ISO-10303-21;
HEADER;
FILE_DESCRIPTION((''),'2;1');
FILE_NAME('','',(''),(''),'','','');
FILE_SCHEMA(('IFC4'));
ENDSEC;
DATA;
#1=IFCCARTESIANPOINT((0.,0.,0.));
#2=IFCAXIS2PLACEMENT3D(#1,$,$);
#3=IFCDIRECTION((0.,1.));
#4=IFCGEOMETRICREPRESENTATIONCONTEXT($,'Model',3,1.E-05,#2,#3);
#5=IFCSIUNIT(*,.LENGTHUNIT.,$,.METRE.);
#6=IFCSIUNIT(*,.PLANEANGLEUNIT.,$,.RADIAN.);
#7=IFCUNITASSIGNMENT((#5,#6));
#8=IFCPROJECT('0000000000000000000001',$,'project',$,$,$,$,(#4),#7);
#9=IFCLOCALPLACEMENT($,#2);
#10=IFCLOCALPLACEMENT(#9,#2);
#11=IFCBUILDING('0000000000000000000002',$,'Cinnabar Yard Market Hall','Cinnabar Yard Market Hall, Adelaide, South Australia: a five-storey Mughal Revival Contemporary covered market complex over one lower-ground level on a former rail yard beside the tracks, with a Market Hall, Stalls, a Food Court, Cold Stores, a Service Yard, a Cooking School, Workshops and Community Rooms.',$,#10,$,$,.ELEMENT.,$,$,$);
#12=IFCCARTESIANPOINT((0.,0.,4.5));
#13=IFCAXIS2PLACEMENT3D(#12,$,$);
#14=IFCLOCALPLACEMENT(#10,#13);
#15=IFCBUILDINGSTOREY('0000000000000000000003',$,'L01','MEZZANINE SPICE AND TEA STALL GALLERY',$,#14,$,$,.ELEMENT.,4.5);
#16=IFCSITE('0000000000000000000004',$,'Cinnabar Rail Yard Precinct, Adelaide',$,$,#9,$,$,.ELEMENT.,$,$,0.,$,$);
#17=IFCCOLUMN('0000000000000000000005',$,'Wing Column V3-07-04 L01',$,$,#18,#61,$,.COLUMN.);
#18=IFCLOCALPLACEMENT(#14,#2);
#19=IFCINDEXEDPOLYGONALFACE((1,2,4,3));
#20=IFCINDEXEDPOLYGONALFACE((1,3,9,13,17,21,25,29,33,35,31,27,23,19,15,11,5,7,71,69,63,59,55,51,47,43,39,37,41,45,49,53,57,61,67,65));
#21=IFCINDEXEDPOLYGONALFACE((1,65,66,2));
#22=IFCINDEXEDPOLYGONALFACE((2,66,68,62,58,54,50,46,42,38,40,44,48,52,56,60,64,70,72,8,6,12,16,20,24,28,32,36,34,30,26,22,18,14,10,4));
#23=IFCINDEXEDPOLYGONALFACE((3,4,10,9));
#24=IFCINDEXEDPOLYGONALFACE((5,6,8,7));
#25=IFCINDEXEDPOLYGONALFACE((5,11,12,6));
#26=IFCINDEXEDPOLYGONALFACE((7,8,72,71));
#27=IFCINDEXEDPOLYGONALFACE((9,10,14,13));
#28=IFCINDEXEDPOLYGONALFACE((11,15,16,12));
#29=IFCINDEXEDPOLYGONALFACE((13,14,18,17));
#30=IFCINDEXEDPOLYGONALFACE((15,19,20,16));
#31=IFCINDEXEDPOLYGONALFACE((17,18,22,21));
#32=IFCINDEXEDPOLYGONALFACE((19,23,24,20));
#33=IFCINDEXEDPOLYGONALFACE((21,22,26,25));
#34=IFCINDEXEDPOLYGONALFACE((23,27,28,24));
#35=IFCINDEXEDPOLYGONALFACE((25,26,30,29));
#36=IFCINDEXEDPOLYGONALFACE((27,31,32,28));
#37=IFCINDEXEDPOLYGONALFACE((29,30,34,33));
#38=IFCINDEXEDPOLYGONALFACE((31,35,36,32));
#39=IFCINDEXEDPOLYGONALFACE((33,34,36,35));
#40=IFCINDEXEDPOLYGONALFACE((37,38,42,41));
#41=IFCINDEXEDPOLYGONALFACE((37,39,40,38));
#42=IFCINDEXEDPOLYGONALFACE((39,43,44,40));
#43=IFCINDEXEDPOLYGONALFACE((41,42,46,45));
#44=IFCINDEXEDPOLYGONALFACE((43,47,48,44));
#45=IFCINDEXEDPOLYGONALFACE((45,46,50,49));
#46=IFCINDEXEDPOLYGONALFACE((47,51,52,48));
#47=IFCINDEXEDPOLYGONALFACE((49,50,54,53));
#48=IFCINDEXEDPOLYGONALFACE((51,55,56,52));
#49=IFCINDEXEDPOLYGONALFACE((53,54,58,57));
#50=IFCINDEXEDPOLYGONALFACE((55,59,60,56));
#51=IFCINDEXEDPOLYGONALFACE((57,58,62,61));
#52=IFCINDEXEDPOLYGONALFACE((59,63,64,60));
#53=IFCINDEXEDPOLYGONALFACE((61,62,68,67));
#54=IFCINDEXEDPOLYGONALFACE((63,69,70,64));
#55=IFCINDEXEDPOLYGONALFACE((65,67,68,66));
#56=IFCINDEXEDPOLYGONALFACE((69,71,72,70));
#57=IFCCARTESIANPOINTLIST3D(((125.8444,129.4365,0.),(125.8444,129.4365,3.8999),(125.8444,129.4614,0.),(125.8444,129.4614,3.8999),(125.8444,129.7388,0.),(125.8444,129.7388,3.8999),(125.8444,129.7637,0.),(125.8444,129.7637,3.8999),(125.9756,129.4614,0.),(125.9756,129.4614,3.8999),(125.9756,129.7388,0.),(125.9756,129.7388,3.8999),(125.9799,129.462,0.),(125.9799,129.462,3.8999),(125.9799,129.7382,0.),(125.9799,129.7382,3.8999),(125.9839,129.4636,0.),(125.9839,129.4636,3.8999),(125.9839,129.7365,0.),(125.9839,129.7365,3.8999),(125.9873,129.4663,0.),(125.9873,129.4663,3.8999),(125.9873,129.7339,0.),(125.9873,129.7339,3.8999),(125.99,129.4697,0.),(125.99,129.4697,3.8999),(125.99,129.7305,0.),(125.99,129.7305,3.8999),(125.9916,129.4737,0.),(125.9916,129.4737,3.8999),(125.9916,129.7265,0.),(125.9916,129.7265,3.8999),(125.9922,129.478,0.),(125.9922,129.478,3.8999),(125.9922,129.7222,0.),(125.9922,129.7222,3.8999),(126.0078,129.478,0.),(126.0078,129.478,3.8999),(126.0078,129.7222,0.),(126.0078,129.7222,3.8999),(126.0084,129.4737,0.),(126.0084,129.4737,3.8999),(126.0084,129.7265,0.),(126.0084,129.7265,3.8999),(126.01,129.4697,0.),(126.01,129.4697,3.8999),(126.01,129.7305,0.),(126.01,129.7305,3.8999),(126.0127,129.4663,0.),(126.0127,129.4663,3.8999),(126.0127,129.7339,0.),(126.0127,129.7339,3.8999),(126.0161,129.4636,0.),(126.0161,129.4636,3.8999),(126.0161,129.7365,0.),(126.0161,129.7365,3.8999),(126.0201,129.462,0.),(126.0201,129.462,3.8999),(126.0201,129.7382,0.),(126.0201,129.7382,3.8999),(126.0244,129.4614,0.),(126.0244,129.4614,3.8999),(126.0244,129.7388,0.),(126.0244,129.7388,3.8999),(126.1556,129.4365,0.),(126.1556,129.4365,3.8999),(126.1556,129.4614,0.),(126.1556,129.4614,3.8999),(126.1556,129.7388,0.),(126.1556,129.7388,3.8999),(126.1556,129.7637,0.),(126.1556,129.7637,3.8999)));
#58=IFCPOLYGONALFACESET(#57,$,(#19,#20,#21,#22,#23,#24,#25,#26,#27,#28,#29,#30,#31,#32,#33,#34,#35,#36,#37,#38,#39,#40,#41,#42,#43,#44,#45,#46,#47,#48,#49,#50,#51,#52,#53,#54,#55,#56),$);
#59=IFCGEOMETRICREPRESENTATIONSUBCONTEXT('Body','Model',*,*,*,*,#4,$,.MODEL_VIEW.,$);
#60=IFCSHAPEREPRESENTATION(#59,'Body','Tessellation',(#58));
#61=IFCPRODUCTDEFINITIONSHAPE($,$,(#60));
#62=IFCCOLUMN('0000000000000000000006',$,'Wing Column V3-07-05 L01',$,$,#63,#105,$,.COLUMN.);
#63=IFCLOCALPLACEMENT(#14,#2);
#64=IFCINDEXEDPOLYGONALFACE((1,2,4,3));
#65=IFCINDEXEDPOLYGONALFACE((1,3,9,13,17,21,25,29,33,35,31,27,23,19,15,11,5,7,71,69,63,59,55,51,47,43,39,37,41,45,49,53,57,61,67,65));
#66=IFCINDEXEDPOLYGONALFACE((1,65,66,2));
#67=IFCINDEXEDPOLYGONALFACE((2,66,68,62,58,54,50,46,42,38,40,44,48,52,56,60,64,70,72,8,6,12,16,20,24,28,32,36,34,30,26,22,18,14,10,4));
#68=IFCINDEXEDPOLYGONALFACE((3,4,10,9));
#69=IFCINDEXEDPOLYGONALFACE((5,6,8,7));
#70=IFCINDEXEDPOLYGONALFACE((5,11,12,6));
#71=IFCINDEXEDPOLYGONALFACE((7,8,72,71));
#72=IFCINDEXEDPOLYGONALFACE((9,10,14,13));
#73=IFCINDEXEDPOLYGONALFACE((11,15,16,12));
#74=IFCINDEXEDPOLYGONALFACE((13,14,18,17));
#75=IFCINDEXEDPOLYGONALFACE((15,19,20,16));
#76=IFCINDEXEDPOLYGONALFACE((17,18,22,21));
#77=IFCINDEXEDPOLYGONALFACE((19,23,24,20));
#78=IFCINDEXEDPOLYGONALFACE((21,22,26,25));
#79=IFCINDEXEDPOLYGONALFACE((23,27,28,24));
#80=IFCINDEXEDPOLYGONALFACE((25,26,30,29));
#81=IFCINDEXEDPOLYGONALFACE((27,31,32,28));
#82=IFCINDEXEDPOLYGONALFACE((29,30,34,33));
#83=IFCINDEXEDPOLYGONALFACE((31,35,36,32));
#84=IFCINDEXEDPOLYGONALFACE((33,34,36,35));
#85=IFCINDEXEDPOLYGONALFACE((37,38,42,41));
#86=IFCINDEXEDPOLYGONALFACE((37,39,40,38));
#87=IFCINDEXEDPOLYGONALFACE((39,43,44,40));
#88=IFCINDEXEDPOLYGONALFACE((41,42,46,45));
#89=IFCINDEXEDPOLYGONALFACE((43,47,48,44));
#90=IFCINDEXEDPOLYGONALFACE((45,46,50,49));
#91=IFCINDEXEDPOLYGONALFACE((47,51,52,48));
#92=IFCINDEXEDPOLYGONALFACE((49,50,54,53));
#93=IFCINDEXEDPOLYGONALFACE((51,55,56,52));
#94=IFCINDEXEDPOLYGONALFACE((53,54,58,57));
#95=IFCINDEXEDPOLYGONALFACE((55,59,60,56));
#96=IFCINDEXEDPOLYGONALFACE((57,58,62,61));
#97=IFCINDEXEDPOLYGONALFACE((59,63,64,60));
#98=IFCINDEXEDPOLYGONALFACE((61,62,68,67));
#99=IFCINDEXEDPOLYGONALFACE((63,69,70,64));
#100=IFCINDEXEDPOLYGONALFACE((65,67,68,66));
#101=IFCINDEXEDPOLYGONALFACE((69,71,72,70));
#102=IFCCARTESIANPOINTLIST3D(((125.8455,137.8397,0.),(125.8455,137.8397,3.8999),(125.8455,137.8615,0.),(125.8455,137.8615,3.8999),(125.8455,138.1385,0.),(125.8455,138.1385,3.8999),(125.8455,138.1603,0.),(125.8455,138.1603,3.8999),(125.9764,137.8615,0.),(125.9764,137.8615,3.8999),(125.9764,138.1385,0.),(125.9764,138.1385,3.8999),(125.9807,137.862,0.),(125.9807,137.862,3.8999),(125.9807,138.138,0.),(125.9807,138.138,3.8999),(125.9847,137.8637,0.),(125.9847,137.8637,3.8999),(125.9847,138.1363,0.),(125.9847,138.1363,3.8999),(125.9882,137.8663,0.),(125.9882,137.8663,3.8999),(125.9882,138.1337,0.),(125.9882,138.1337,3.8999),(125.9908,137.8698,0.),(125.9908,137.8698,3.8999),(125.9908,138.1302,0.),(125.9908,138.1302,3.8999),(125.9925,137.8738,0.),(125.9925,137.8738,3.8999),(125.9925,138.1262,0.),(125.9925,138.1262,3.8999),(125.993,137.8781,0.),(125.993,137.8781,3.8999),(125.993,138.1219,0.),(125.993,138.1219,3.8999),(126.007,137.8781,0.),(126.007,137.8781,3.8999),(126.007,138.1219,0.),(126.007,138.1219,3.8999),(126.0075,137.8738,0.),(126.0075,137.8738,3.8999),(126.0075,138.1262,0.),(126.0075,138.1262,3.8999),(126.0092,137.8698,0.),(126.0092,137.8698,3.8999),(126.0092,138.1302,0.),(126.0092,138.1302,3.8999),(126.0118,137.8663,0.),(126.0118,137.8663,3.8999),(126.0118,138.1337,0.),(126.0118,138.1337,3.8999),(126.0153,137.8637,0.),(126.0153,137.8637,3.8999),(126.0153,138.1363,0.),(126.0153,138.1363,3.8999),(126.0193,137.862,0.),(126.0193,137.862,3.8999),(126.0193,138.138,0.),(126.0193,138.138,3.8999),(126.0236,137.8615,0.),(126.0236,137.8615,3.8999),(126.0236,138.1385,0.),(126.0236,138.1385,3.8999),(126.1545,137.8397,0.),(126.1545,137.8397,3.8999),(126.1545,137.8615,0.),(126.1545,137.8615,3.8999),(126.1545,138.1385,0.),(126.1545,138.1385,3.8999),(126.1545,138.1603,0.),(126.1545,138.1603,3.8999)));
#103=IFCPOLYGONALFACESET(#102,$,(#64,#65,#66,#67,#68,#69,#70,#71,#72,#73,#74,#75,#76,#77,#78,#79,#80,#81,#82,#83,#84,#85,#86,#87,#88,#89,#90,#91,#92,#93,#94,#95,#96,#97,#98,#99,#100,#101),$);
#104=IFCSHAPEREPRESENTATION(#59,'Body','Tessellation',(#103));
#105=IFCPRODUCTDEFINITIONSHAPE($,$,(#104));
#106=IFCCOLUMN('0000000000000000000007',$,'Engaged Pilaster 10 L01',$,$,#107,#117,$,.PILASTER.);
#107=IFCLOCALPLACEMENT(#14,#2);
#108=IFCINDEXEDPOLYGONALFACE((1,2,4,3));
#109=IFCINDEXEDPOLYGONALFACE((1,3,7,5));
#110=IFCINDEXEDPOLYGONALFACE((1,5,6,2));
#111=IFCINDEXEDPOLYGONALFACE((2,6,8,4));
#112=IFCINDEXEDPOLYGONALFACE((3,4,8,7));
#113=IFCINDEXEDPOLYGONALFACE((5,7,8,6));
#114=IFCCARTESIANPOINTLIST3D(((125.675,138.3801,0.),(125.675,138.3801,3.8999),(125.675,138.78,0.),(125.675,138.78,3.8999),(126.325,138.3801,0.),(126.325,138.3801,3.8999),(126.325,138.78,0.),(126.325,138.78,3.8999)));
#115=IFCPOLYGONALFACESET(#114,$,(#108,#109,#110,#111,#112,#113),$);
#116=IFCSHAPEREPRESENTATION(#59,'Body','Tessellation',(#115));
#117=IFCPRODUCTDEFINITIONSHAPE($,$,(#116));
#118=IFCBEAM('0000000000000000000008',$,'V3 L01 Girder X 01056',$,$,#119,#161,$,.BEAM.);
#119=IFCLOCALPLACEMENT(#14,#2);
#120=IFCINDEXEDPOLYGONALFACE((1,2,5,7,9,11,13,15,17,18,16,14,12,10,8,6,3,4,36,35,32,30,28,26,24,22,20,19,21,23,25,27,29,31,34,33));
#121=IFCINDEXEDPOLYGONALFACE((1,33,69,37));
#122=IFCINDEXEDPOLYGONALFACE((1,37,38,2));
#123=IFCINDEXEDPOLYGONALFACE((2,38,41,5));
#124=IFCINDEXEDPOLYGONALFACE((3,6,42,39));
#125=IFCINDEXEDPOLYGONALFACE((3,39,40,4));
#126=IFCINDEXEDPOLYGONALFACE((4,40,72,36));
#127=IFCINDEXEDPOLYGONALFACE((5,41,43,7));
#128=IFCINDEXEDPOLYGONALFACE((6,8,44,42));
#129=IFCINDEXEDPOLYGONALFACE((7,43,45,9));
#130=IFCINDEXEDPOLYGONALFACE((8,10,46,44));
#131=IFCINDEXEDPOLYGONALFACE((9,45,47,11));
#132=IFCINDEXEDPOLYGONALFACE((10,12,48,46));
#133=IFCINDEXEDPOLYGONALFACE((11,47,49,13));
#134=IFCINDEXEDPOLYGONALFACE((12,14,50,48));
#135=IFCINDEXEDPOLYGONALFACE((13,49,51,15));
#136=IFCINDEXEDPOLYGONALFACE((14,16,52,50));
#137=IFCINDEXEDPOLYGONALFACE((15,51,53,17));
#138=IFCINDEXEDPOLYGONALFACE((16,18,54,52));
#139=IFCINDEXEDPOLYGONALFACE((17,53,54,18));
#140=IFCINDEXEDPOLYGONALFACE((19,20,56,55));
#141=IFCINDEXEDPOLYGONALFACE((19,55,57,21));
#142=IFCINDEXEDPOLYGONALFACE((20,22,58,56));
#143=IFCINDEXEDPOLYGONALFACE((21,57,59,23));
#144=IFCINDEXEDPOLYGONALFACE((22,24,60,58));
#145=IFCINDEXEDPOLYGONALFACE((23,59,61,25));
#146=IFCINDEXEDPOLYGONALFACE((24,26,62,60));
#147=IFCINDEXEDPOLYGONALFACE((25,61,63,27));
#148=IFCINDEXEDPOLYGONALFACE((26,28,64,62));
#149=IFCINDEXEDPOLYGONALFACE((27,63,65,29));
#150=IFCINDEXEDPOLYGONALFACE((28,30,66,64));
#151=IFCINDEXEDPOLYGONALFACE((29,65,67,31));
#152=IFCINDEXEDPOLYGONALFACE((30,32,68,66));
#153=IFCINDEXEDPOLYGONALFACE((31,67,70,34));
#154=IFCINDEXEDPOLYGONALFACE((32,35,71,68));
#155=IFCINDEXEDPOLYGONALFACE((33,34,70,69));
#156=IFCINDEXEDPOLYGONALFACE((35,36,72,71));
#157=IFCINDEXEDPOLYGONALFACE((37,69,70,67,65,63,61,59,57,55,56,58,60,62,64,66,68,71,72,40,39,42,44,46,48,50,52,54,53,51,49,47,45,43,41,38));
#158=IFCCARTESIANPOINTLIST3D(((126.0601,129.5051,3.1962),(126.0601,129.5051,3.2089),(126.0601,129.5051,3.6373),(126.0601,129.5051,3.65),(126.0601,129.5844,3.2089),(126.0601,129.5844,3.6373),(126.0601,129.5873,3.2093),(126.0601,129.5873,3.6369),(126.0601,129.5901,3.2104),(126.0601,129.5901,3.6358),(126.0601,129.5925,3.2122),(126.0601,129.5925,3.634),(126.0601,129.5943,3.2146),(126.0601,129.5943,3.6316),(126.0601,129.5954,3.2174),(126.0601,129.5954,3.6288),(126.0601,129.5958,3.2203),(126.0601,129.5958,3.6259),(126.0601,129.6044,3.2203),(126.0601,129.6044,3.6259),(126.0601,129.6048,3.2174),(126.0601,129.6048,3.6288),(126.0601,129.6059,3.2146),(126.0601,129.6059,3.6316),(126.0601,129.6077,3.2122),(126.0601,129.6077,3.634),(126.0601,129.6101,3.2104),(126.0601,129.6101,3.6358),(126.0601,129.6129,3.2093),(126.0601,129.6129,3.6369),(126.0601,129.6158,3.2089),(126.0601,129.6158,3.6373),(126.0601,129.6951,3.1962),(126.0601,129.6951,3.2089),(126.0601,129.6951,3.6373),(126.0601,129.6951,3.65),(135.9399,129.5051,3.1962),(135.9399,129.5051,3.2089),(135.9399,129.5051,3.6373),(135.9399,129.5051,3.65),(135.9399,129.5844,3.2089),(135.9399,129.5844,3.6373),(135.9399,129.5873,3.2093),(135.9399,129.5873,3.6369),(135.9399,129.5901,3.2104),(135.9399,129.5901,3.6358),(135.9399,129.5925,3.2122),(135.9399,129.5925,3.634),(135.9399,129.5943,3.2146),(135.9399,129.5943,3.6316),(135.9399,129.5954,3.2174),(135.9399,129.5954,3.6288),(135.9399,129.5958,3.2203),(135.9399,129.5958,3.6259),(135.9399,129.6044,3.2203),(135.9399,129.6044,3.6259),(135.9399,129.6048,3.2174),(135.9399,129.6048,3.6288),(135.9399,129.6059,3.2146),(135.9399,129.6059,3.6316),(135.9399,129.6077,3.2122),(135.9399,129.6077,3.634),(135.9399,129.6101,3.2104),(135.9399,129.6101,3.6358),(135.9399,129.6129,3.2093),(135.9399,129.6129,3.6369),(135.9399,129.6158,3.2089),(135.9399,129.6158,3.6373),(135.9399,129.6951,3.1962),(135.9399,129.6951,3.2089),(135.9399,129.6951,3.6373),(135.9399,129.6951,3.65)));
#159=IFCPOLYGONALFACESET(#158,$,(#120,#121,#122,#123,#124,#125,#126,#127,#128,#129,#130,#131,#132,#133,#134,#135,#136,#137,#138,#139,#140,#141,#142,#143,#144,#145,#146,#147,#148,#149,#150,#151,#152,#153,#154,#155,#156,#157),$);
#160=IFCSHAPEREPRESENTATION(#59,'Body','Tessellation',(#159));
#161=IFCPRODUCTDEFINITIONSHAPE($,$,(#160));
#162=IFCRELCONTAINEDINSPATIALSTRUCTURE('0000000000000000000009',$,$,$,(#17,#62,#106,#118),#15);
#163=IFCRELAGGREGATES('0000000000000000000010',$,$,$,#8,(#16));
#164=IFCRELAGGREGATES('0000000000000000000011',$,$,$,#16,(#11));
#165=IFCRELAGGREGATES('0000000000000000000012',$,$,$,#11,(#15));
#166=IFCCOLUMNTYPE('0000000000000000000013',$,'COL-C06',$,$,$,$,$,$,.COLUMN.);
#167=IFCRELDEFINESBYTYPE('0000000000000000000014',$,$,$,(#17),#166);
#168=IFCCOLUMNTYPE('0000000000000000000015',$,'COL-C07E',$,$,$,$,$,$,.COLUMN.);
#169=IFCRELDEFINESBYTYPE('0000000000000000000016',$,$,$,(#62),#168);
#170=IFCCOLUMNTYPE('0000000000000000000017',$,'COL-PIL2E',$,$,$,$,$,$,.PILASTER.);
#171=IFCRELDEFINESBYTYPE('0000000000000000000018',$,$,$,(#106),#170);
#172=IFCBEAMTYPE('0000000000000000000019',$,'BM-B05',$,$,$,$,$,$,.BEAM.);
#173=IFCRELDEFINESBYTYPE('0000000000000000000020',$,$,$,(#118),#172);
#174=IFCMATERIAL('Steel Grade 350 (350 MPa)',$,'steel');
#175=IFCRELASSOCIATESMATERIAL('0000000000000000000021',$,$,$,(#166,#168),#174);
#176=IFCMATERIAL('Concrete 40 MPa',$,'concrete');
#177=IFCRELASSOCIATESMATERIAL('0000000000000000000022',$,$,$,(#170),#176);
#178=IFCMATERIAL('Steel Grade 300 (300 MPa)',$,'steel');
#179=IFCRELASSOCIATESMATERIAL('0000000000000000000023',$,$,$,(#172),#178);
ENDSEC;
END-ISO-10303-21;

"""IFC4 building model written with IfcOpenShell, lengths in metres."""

from ifc_helpers import new_model, si_unit, direction, frame, origin, origin_2d_with_axis, place, context, subcontext, project, spatial, rectangle, i_section, extrude, material, material_profile, profile_set, type_object, element, save


model = new_model("IFC4")

# Units and contexts
model_context = context("Model", 3, precision=1e-05, world=origin(), true_north=direction((0.0, 1.0)))
body_context = subcontext(model_context, "Body", "Model", "MODEL_VIEW")
ifc_project = project(units=[si_unit("LENGTHUNIT", "METRE"), si_unit("PLANEANGLEUNIT", "RADIAN")], contexts=[model_context])

# Site, building, storey
site_placement = place(None, origin())
site = spatial("IfcSite", under=ifc_project, at=site_placement, Name="Cinnabar Rail Yard Precinct, Adelaide", CompositionType="ELEMENT", RefElevation=0.0)
building_placement = place(site_placement, origin())
building = spatial("IfcBuilding", under=site, at=building_placement, Name="Cinnabar Yard Market Hall", Description="Cinnabar Yard Market Hall, Adelaide, South Australia: a five-storey Mughal Revival Contemporary covered market complex over one lower-ground level on a former rail yard beside the tracks, with a Market Hall, Stalls, a Food Court, Cold Stores, a Service Yard, a Cooking School, Workshops and Community Rooms.", CompositionType="ELEMENT")
storey_placement = place(building_placement, frame((0.0, 0.0, 4.5)))
storey = spatial("IfcBuildingStorey", under=building, at=storey_placement, Name="L01", Description="MEZZANINE SPICE AND TEA STALL GALLERY", CompositionType="ELEMENT", Elevation=4.5)

# Columns
ifc_material_1 = material(Name="Steel Grade 350 (350 MPa)", Category="steel")
ifc_material_profile_1 = material_profile(ifc_material_1, i_section(OverallWidth=0.3113, OverallDepth=0.3271, WebThickness=0.0156, FlangeThickness=0.0249, FilletRadius=0.0166, at=origin_2d_with_axis()), Name="310UC158")
ifc_profile_set_1 = profile_set([ifc_material_profile_1], Name="Steel Grade 350 (350 MPa)")
column_type_1 = type_object("IfcColumnType", Name="COL-C06", PredefinedType="COLUMN", material=ifc_profile_set_1)
column_1_placement = place(storey_placement, frame((126.0, 129.6001, 0.0), z_axis=(0.0, 0.0, 1.0), x_axis=(1.0, 0.0, 0.0)))
element("IfcColumn", 1, at=column_1_placement, inside=storey, type_object=column_type_1, Name="Wing Column V3-07-04 L01", PredefinedType="COLUMN", context=body_context, shape_type="SweptSolid", body=[
    extrude(i_section(OverallWidth=0.3113, OverallDepth=0.3271, WebThickness=0.0156, FlangeThickness=0.0249, FilletRadius=0.0166, at=origin_2d_with_axis()), origin(), (0.0, 0.0, 1.0), 3.8999),
])
ifc_material_profile_2 = material_profile(ifc_material_1, i_section(OverallWidth=0.3091, OverallDepth=0.3206, WebThickness=0.0139, FlangeThickness=0.0217, FilletRadius=0.0166, at=origin_2d_with_axis()), Name="310UC137")
ifc_profile_set_2 = profile_set([ifc_material_profile_2], Name="Steel Grade 350 (350 MPa)")
column_type_2 = type_object("IfcColumnType", Name="COL-C07E", PredefinedType="COLUMN", material=ifc_profile_set_2)
column_2_placement = place(storey_placement, frame((126.0, 138.0, 0.0), z_axis=(0.0, 0.0, 1.0), x_axis=(1.0, 0.0, 0.0)))
element("IfcColumn", 2, at=column_2_placement, inside=storey, type_object=column_type_2, Name="Wing Column V3-07-05 L01", PredefinedType="COLUMN", context=body_context, shape_type="SweptSolid", body=[
    extrude(i_section(OverallWidth=0.3091, OverallDepth=0.3206, WebThickness=0.0139, FlangeThickness=0.0217, FilletRadius=0.0166, at=origin_2d_with_axis()), origin(), (0.0, 0.0, 1.0), 3.8999),
])
ifc_material_2 = material(Name="Concrete 40 MPa", Category="concrete")
ifc_material_profile_3 = material_profile(ifc_material_2, rectangle(XDim=0.6499, YDim=0.3999, at=origin_2d_with_axis()), Name="RC-650x400")
ifc_profile_set_3 = profile_set([ifc_material_profile_3], Name="Concrete 40 MPa")
column_type_3 = type_object("IfcColumnType", Name="COL-PIL2E", PredefinedType="PILASTER", material=ifc_profile_set_3)
column_3_placement = place(storey_placement, frame((126.0, 138.5801, 0.0), z_axis=(0.0, 0.0, 1.0), x_axis=(1.0, 0.0, 0.0)))
element("IfcColumn", 3, at=column_3_placement, inside=storey, type_object=column_type_3, Name="Engaged Pilaster 10 L01", PredefinedType="PILASTER", context=body_context, shape_type="SweptSolid", body=[
    extrude(rectangle(XDim=0.6499, YDim=0.3999, at=origin_2d_with_axis()), origin(), (0.0, 0.0, 1.0), 3.8999),
])

# Beam
ifc_material_3 = material(Name="Steel Grade 300 (300 MPa)", Category="steel")
ifc_material_profile_4 = material_profile(ifc_material_3, i_section(OverallWidth=0.1899, OverallDepth=0.4539, WebThickness=0.0085, FlangeThickness=0.0127, FilletRadius=0.0115, at=origin_2d_with_axis()), Name="460UB67.1")
ifc_profile_set_4 = profile_set([ifc_material_profile_4], Name="Steel Grade 300 (300 MPa)")
beam_type_1 = type_object("IfcBeamType", Name="BM-B05", PredefinedType="BEAM", material=ifc_profile_set_4)
beam_1_placement = place(storey_placement, frame((126.0601, 129.6001, 3.4231), z_axis=(1.0, 0.0, 0.0), x_axis=(0.0, 1.0, 0.0)))
element("IfcBeam", 4, at=beam_1_placement, inside=storey, type_object=beam_type_1, Name="V3 L01 Girder X 01056", PredefinedType="BEAM", context=body_context, shape_type="SweptSolid", body=[
    extrude(i_section(OverallWidth=0.1899, OverallDepth=0.4539, WebThickness=0.0085, FlangeThickness=0.0127, FilletRadius=0.0115, at=origin_2d_with_axis()), origin(), (0.0, 0.0, 1.0), 9.8799),
])

save(model, "model.ifc")
